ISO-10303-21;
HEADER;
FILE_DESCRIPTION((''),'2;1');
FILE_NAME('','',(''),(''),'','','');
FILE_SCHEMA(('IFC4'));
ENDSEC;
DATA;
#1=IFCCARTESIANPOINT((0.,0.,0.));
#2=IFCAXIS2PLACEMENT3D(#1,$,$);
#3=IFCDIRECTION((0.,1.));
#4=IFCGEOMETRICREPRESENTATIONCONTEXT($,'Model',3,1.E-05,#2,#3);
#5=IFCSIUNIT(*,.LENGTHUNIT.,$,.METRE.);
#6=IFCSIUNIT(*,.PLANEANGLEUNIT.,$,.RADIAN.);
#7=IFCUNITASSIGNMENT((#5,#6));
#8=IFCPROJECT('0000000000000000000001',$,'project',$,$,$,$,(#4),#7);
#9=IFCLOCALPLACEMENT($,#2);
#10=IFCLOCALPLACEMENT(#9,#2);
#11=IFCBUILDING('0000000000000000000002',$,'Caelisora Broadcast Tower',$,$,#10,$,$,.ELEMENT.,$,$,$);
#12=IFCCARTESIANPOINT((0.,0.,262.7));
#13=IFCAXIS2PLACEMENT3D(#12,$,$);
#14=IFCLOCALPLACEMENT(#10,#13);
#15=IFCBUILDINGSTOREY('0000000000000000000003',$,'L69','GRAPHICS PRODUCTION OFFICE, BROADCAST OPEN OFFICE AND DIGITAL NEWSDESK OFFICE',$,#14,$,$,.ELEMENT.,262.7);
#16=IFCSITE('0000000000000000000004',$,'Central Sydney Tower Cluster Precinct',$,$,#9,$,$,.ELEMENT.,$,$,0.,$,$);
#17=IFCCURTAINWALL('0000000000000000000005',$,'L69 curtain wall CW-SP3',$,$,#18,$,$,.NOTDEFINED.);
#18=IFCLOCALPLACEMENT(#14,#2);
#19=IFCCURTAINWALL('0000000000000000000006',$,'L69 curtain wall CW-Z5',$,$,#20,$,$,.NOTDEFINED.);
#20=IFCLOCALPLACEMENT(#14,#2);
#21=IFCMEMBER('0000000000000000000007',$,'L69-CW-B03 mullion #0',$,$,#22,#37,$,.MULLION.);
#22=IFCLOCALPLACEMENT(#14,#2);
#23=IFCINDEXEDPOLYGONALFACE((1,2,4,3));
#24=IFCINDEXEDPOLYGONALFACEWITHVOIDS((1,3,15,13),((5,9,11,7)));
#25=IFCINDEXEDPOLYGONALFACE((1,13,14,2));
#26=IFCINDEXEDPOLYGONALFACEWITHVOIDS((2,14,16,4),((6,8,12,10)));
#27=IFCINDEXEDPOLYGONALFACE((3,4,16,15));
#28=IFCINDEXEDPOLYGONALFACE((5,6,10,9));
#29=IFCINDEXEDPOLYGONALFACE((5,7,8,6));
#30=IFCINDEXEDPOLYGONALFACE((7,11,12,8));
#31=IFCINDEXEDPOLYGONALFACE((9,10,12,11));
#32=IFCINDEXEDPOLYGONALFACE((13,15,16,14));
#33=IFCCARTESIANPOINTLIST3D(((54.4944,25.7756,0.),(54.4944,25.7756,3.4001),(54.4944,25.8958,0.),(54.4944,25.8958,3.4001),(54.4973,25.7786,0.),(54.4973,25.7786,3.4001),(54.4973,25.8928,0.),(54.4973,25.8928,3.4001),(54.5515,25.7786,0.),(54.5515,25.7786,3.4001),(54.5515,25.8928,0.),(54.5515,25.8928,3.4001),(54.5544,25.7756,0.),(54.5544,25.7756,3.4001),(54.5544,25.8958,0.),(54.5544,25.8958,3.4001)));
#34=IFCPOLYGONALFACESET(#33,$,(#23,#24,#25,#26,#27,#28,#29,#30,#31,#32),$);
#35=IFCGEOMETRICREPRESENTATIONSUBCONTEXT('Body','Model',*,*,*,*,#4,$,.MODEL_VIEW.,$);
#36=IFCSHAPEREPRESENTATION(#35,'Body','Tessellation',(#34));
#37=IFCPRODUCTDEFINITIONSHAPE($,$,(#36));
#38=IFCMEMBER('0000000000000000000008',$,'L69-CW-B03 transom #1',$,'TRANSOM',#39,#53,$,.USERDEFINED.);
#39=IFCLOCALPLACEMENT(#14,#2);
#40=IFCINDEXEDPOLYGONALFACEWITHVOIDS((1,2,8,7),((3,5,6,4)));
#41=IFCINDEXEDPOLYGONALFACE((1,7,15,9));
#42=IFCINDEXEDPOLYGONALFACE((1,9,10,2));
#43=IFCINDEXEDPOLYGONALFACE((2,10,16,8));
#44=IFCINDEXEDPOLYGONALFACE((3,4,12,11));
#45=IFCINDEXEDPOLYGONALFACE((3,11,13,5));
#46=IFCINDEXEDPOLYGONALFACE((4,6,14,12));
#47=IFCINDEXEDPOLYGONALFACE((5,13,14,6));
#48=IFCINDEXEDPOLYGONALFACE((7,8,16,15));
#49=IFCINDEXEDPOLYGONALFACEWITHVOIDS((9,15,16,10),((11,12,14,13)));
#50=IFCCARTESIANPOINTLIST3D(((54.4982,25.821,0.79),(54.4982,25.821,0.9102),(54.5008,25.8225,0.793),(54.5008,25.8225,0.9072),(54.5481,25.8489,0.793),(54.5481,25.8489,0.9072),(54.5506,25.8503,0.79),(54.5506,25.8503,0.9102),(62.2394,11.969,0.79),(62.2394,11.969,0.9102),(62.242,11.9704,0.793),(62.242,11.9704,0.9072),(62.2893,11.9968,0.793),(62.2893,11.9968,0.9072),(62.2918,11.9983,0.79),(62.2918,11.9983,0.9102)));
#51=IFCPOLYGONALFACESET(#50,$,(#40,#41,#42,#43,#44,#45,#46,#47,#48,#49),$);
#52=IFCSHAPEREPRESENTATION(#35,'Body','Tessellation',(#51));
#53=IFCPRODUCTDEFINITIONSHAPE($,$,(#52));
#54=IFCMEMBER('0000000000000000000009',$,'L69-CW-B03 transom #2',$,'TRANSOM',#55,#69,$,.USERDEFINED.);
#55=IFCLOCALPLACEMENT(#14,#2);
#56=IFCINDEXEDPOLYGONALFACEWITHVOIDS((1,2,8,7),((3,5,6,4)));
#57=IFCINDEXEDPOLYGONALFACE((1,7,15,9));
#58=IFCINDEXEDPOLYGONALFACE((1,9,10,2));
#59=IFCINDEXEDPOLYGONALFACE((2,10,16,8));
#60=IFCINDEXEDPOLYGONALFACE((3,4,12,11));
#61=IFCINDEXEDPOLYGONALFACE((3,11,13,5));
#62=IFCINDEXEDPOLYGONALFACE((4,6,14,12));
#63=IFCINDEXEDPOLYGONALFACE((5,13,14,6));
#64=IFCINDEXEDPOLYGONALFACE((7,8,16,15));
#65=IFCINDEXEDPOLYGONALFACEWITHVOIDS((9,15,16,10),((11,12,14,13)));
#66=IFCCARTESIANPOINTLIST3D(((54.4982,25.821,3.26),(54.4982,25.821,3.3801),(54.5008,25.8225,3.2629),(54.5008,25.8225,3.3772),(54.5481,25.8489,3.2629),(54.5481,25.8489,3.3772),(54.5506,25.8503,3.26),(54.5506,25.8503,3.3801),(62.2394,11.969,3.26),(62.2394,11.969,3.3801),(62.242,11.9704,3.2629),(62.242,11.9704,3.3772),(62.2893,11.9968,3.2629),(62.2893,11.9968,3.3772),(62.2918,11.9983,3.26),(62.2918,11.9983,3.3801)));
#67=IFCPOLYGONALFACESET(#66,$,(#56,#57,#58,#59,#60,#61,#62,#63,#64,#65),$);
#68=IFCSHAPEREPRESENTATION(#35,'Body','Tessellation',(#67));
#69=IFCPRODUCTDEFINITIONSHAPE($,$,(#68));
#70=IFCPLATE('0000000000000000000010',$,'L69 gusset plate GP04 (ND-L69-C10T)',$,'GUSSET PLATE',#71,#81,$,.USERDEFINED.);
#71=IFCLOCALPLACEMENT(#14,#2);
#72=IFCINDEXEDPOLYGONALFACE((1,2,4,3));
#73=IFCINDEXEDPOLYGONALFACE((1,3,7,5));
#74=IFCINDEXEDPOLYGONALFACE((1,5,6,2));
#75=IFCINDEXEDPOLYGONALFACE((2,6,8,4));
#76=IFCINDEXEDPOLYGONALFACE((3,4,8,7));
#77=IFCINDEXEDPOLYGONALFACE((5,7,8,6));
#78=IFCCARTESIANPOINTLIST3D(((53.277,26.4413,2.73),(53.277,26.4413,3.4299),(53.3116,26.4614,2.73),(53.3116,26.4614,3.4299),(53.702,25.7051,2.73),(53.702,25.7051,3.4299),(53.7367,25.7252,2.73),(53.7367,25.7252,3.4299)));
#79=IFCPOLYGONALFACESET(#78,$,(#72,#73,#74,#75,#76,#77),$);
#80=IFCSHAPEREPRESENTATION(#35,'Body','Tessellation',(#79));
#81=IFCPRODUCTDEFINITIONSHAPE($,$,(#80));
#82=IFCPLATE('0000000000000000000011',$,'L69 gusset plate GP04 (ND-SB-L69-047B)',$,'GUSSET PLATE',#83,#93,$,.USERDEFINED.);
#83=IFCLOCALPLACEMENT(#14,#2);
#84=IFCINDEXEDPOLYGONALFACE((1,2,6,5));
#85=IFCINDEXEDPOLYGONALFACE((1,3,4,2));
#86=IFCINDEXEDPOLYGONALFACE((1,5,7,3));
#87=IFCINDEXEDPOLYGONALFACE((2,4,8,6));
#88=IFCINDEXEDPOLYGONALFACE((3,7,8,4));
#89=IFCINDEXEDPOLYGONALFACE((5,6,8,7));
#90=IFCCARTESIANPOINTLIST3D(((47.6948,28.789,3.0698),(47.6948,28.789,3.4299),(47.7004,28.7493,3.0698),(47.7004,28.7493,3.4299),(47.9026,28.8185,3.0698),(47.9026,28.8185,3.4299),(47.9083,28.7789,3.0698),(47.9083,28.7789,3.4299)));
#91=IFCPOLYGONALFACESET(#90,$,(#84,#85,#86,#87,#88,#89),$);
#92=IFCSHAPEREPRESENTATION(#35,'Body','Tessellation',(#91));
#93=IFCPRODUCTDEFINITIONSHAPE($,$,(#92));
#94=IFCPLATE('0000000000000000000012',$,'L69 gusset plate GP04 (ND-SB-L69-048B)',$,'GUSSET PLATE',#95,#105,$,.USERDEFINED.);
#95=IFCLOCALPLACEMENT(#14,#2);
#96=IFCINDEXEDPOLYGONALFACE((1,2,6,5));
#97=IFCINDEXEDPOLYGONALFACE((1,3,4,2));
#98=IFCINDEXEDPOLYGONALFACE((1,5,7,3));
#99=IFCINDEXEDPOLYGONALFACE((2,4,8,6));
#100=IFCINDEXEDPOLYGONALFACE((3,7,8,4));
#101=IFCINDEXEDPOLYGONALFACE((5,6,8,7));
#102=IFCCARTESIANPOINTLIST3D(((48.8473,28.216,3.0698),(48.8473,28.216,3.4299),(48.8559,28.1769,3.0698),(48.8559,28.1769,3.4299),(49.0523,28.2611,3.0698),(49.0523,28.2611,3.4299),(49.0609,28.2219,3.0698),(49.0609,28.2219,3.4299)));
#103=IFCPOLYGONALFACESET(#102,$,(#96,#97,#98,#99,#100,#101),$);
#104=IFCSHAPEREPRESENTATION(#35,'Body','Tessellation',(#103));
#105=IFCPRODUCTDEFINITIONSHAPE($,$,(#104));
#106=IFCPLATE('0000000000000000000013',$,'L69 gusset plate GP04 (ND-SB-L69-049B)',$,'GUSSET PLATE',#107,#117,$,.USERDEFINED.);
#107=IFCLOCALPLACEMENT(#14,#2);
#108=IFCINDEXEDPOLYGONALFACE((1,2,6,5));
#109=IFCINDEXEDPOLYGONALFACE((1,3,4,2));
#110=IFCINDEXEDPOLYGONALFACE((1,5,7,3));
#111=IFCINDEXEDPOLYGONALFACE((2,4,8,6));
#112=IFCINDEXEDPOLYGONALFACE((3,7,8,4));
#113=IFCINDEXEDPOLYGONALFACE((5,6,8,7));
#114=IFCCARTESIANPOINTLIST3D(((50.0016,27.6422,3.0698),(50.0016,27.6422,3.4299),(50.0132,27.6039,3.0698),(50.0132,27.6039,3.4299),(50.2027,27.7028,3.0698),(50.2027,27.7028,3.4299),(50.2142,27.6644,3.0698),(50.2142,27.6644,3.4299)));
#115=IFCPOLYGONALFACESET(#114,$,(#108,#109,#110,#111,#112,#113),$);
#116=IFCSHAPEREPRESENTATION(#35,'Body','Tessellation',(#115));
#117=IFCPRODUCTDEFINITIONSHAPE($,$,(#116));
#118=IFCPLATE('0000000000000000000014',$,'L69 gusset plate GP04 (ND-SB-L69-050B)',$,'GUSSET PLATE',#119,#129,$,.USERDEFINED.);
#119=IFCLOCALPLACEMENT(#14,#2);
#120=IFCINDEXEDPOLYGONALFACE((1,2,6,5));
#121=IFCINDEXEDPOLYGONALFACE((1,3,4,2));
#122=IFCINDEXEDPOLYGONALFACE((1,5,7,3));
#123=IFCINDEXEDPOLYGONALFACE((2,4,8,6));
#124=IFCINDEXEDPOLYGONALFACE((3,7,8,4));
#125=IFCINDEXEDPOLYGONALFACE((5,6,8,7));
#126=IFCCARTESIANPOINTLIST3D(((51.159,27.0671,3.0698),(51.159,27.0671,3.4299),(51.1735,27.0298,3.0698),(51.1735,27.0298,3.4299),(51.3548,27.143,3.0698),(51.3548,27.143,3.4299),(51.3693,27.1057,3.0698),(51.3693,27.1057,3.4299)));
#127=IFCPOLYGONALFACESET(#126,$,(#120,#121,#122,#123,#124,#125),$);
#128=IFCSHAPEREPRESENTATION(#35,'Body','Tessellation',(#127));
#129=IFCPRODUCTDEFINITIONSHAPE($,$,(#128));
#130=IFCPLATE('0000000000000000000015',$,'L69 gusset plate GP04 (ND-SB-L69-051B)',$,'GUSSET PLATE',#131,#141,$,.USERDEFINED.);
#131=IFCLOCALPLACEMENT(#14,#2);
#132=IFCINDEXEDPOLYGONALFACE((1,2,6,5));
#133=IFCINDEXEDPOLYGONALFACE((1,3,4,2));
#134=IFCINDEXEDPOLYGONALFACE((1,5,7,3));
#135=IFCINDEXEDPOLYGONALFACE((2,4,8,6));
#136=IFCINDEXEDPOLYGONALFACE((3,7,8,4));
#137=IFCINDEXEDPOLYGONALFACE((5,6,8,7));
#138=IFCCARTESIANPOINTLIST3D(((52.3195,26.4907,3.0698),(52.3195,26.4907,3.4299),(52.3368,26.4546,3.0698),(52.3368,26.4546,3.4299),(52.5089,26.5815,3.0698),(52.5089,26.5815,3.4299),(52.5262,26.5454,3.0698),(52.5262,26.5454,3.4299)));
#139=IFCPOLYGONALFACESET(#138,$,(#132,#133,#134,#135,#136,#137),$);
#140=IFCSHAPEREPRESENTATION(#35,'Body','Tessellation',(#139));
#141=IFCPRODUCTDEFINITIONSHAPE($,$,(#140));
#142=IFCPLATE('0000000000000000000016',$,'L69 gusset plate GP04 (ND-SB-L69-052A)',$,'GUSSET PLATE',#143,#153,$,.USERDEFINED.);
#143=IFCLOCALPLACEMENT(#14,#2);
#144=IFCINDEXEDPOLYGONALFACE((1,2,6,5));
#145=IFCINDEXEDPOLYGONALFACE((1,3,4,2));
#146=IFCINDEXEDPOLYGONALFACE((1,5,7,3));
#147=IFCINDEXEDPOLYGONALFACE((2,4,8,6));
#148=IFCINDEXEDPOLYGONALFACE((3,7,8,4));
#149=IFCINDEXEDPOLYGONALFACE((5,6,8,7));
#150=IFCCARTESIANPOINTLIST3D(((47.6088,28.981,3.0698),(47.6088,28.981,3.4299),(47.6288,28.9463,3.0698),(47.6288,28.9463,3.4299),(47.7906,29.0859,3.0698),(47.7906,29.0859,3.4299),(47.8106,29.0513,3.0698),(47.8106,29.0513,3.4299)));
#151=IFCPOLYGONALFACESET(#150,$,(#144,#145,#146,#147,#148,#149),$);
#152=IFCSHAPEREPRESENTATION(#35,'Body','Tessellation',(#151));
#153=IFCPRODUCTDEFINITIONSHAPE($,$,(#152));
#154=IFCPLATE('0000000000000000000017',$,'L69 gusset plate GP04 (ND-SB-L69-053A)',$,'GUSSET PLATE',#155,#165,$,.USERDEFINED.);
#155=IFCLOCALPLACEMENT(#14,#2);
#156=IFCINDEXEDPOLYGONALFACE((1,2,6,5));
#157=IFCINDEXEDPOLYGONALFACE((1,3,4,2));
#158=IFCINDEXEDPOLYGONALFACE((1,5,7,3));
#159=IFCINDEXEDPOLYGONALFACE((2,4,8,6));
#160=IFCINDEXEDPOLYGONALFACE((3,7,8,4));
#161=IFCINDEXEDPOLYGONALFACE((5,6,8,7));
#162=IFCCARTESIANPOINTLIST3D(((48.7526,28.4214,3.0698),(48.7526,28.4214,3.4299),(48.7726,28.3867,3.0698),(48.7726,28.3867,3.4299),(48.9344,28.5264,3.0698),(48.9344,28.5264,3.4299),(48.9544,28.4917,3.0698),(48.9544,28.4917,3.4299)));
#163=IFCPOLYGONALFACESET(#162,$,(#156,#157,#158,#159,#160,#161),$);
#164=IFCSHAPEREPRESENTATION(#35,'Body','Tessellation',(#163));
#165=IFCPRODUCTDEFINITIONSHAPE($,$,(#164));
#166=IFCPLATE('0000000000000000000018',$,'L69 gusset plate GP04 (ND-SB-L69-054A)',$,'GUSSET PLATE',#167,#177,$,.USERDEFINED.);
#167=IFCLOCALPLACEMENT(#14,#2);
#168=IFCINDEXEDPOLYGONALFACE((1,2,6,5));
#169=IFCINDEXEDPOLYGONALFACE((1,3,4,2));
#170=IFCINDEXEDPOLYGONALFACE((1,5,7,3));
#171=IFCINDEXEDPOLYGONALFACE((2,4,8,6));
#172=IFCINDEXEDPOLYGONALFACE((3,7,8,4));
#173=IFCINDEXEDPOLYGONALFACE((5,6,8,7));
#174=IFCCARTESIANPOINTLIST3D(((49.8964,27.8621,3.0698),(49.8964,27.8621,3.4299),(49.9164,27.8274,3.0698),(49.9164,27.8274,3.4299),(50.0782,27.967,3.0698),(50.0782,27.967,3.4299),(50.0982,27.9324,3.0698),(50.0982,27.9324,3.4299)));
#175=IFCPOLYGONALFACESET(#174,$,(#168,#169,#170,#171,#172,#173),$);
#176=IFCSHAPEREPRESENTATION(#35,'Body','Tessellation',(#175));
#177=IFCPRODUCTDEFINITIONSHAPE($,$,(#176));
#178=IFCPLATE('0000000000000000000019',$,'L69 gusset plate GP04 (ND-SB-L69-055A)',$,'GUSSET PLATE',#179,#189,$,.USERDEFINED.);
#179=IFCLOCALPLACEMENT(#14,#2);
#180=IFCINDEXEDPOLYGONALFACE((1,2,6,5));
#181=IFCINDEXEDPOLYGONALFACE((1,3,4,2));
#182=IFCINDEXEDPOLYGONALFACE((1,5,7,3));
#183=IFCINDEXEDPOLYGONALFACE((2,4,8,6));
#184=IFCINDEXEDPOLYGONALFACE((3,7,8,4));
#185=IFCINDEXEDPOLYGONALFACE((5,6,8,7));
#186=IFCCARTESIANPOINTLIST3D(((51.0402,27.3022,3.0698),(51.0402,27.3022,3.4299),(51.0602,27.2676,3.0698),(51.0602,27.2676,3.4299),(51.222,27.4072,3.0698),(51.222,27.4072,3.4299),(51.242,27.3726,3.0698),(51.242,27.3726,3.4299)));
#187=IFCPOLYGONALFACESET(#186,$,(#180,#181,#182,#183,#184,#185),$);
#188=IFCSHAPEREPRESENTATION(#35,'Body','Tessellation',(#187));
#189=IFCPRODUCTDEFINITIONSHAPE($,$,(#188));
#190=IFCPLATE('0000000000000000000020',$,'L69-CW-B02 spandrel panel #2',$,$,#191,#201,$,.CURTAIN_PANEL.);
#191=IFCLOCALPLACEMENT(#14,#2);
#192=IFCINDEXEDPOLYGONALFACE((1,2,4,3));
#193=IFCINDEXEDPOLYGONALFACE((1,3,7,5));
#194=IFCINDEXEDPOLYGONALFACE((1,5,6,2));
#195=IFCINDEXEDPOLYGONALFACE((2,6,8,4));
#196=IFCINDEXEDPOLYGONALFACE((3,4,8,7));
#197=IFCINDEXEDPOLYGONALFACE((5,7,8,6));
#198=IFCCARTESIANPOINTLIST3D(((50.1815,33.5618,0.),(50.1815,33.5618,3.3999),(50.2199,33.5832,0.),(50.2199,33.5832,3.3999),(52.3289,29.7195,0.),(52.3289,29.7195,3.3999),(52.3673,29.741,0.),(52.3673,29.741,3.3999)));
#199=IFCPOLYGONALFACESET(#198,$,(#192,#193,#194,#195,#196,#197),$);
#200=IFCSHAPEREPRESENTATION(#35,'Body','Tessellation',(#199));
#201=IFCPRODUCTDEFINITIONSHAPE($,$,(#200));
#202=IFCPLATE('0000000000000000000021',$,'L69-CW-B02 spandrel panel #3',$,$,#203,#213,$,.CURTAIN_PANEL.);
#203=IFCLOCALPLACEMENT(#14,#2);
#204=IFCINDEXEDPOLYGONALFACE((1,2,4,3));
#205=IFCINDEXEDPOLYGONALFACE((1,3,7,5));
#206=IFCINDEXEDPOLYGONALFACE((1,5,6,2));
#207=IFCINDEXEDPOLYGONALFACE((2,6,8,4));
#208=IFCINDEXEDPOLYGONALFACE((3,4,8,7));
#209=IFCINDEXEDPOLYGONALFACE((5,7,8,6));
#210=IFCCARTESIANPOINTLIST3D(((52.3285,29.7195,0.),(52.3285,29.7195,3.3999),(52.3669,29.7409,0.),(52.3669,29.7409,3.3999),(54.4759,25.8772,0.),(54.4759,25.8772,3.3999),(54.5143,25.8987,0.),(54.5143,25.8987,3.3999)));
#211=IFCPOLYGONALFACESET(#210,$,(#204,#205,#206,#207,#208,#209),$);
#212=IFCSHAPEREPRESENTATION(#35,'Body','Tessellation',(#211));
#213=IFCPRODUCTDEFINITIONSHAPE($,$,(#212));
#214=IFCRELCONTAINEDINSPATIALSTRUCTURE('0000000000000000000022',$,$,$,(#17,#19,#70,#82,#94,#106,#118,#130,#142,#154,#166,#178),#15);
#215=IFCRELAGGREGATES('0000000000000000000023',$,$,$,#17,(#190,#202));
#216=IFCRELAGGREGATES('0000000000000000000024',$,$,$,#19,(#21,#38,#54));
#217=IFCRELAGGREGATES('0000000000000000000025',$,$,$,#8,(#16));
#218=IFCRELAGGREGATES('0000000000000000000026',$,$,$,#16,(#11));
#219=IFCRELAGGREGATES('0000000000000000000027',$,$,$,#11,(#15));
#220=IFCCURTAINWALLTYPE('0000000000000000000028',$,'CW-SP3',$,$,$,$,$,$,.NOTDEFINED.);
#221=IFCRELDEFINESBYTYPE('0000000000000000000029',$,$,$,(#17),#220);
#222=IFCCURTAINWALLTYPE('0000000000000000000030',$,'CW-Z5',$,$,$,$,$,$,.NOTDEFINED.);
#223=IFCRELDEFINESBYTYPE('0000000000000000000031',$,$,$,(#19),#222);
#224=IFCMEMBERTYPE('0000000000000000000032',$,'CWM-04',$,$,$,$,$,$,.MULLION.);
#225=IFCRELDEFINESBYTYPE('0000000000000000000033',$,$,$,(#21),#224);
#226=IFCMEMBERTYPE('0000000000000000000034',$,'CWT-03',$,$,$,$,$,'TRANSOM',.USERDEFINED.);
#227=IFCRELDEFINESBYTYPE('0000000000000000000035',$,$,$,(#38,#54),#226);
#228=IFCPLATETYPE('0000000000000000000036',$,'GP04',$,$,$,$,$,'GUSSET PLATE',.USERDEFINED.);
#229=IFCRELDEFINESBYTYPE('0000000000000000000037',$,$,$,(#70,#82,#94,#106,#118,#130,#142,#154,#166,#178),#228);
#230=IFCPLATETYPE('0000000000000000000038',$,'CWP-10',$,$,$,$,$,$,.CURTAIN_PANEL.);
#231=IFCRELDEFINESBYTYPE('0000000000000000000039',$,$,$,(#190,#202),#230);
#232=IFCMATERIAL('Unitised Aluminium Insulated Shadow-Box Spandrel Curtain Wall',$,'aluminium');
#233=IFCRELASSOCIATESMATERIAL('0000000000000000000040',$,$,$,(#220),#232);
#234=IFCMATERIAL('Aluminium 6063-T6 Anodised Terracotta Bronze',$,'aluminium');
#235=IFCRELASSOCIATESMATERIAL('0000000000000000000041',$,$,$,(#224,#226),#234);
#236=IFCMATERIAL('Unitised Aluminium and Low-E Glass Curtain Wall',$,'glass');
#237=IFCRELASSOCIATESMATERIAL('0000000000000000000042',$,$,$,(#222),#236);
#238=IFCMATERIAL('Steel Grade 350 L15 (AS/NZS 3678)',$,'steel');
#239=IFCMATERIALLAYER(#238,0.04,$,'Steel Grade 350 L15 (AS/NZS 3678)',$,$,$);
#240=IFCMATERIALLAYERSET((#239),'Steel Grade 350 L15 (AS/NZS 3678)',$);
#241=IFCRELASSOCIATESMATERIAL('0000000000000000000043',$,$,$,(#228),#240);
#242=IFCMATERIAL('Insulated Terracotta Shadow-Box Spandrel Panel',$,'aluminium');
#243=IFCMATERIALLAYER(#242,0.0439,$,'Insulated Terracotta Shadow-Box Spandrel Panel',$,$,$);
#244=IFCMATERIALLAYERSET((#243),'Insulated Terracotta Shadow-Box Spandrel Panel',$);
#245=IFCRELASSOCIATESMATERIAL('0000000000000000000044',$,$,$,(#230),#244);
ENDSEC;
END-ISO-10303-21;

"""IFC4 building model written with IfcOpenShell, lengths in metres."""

from ifc_helpers import new_model, si_unit, direction, frame, origin, origin_2d, place, context, subcontext, project, spatial, rectangle, hollow_rectangle, extrude, source, transform, mapped, material, layer, layer_set, material_profile, profile_set, type_object, type_shapes, element, aggregate, save


model = new_model("IFC4")

# Units and contexts
model_context = context("Model", 3, precision=1e-05, world=origin(), true_north=direction((0.0, 1.0)))
body_context = subcontext(model_context, "Body", "Model", "MODEL_VIEW")
ifc_project = project(units=[si_unit("LENGTHUNIT", "METRE"), si_unit("PLANEANGLEUNIT", "RADIAN")], contexts=[model_context])

# Site, building, storey
site_placement = place(None, origin())
site = spatial("IfcSite", under=ifc_project, at=site_placement, Name="Central Sydney Tower Cluster Precinct", CompositionType="ELEMENT", RefElevation=0.0)
building_placement = place(site_placement, origin())
building = spatial("IfcBuilding", under=site, at=building_placement, Name="Caelisora Broadcast Tower", CompositionType="ELEMENT")
storey_placement = place(building_placement, frame((0.0, 0.0, 262.7)))
storey = spatial("IfcBuildingStorey", under=building, at=storey_placement, Name="L69", Description="GRAPHICS PRODUCTION OFFICE, BROADCAST OPEN OFFICE AND DIGITAL NEWSDESK OFFICE", CompositionType="ELEMENT", Elevation=262.7)

# Shared definitions
ifc_material_1 = material(Name="Steel Grade 350 L15 (AS/NZS 3678)", Category="steel")

# Curtain walls, members
ifc_material_2 = material(Name="Unitised Aluminium Insulated Shadow-Box Spandrel Curtain Wall", Category="aluminium")
curtain_wall_type_1 = type_object("IfcCurtainWallType", Name="CW-SP3", PredefinedType="NOTDEFINED", material=ifc_material_2)
curtain_wall_1_placement = place(storey_placement, origin())
curtain_wall_1 = element("IfcCurtainWall", 1, at=curtain_wall_1_placement, inside=storey, type_object=curtain_wall_type_1, Name="L69 curtain wall CW-SP3", PredefinedType="NOTDEFINED")
ifc_material_3 = material(Name="Aluminium 6063-T6 Anodised Terracotta Bronze", Category="aluminium")
ifc_material_profile_1 = material_profile(ifc_material_3, hollow_rectangle(XDim=0.0601, YDim=0.1201, WallThickness=0.0029, at=origin_2d()), Name="Aluminium 6063-T6 Anodised Terracotta Bronze")
ifc_profile_set_1 = profile_set([ifc_material_profile_1], Name="Aluminium 6063-T6 Anodised Terracotta Bronze")
member_type_1 = type_object("IfcMemberType", Name="CWM-04", PredefinedType="MULLION", material=ifc_profile_set_1)
shared_shape_1 = source(origin(), body_context, "Body", "SweptSolid", [
    extrude(hollow_rectangle(XDim=0.0601, YDim=0.1201, WallThickness=0.0029, at=origin_2d()), origin(), (0.0, 0.0, 1.0), 3.4001),
])
type_shapes(member_type_1, [shared_shape_1])
ifc_material_4 = material(Name="Unitised Aluminium and Low-E Glass Curtain Wall", Category="glass")
curtain_wall_type_2 = type_object("IfcCurtainWallType", Name="CW-Z5", PredefinedType="NOTDEFINED", material=ifc_material_4)
curtain_wall_2_placement = place(storey_placement, origin())
curtain_wall_2 = element("IfcCurtainWall", 2, at=curtain_wall_2_placement, inside=storey, type_object=curtain_wall_type_2, Name="L69 curtain wall CW-Z5", PredefinedType="NOTDEFINED")
member_1_placement = place(storey_placement, frame((54.5244, 25.8357, 0.0), z_axis=(0.0, 0.0, 1.0), x_axis=(1.0, 0.0, 0.0)))
member_1 = element("IfcMember", 3, at=member_1_placement, type_object=member_type_1, Name="L69-CW-B03 mullion #0", PredefinedType="MULLION", context=body_context, shape_type="MappedRepresentation", body=[
    mapped(shared_shape_1, transform((0.0, 0.0, 0.0), scale=1.0)),
])
ifc_material_profile_2 = material_profile(ifc_material_3, hollow_rectangle(XDim=0.0601, YDim=0.1201, WallThickness=0.0029, at=origin_2d()), Name="Aluminium 6063-T6 Anodised Terracotta Bronze")
ifc_profile_set_2 = profile_set([ifc_material_profile_2], Name="Aluminium 6063-T6 Anodised Terracotta Bronze")
member_type_2 = type_object("IfcMemberType", Name="CWT-03", ElementType="TRANSOM", PredefinedType="USERDEFINED", material=ifc_profile_set_2)
shared_shape_2 = source(origin(), body_context, "Body", "SweptSolid", [
    extrude(hollow_rectangle(XDim=0.0601, YDim=0.1201, WallThickness=0.0029, at=origin_2d()), origin(), (0.0, 0.0, 1.0), 15.8684),
])
type_shapes(member_type_2, [shared_shape_2])
member_2_placement = place(storey_placement, frame((54.5244, 25.8357, 0.8501), z_axis=(0.487839, -0.872934, 0.0), x_axis=(0.872934, 0.487839, 0.0)))
member_2 = element("IfcMember", 4, at=member_2_placement, type_object=member_type_2, Name="L69-CW-B03 transom #1", ObjectType="TRANSOM", PredefinedType="USERDEFINED", context=body_context, shape_type="MappedRepresentation", body=[
    mapped(shared_shape_2, transform((0.0, 0.0, 0.0), scale=1.0)),
])
member_3_placement = place(storey_placement, frame((54.5244, 25.8357, 3.3201), z_axis=(0.487839, -0.872934, 0.0), x_axis=(0.872934, 0.487839, 0.0)))
member_3 = element("IfcMember", 5, at=member_3_placement, type_object=member_type_2, Name="L69-CW-B03 transom #2", ObjectType="TRANSOM", PredefinedType="USERDEFINED", context=body_context, shape_type="MappedRepresentation", body=[
    mapped(shared_shape_2, transform((0.0, 0.0, 0.0), scale=1.0)),
])

# Plates
ifc_layer_1 = layer(ifc_material_1, 0.04, Name="Steel Grade 350 L15 (AS/NZS 3678)")
ifc_layer_set_1 = layer_set([ifc_layer_1], Name="Steel Grade 350 L15 (AS/NZS 3678)")
plate_type_1 = type_object("IfcPlateType", Name="GP04", ElementType="GUSSET PLATE", PredefinedType="USERDEFINED", material=ifc_layer_set_1)
shared_shape_3 = source(origin(), body_context, "Body", "SweptSolid", [
    extrude(rectangle(XDim=0.8501, YDim=0.04, at=origin_2d()), origin(), (0.0, 0.0, 1.0), 0.7),
])
plate_1_placement = place(storey_placement, frame((53.5068, 26.0833, 2.73), z_axis=(0.0, 0.0, 1.0), x_axis=(-0.5, 0.866025, 0.0)))
element("IfcPlate", 6, at=plate_1_placement, inside=storey, type_object=plate_type_1, Name="L69 gusset plate GP04 (ND-L69-C10T)", ObjectType="GUSSET PLATE", PredefinedType="USERDEFINED", context=body_context, shape_type="MappedRepresentation", body=[
    mapped(shared_shape_3, transform((0.0, 0.0, 0.0), scale=1.0)),
])
shared_shape_4 = source(origin(), body_context, "Body", "SweptSolid", [
    extrude(rectangle(XDim=0.21, YDim=0.04, at=origin_2d()), origin(), (0.0, 0.0, 1.0), 0.3601),
])
type_shapes(plate_type_1, [shared_shape_3, shared_shape_4])
for number, where, z_axis, x_axis, name in (
    (7, (47.8015, 28.7839, 3.0698), (0.0, 0.0, 1.0), (-0.990024, -0.140901, 0.0), "L69 gusset plate GP04 (ND-SB-L69-047B)"),
    (8, (48.9541, 28.219, 3.0698), (0.0, 0.0, 1.0), (-0.976747, -0.214394, 0.0), "L69 gusset plate GP04 (ND-SB-L69-048B)"),
    (9, (50.1079, 27.6533, 3.0698), (0.0, 0.0, 1.0), (-0.957521, -0.288363, 0.0), "L69 gusset plate GP04 (ND-SB-L69-049B)"),
    (10, (51.2642, 27.0864, 3.0698), (0.0, 0.0, 1.0), (-0.932387, -0.361462, 0.0), "L69 gusset plate GP04 (ND-SB-L69-050B)"),
    (11, (52.4229, 26.5181, 3.0698), (0.0, 0.0, 1.0), (-0.901682, -0.432401, 0.0), "L69 gusset plate GP04 (ND-SB-L69-051B)"),
    (12, (47.7097, 29.0161, 3.0698), (0.0, 0.0, 1.0), (-0.866025, -0.5, 0.0), "L69 gusset plate GP04 (ND-SB-L69-052A)"),
    (13, (48.8535, 28.4565, 3.0698), (0.0, 0.0, 1.0), (-0.866025, -0.5, 0.0), "L69 gusset plate GP04 (ND-SB-L69-053A)"),
    (14, (49.9973, 27.8972, 3.0698), (0.0, 0.0, 1.0), (-0.866025, -0.5, 0.0), "L69 gusset plate GP04 (ND-SB-L69-054A)"),
    (15, (51.1411, 27.3374, 3.0698), (0.0, 0.0, 1.0), (-0.866025, -0.5, 0.0), "L69 gusset plate GP04 (ND-SB-L69-055A)"),
):
    element("IfcPlate", number, at=place(storey_placement, frame(where, z_axis=z_axis, x_axis=x_axis)), inside=storey, type_object=plate_type_1, Name=name, ObjectType="GUSSET PLATE", PredefinedType="USERDEFINED", context=body_context, shape_type="MappedRepresentation", body=[
        mapped(shared_shape_4, transform((0.0, 0.0, 0.0), scale=1.0)),
    ])

# Plates
ifc_material_5 = material(Name="Insulated Terracotta Shadow-Box Spandrel Panel", Category="aluminium")
ifc_layer_2 = layer(ifc_material_5, 0.0439, Name="Insulated Terracotta Shadow-Box Spandrel Panel")
ifc_layer_set_2 = layer_set([ifc_layer_2], Name="Insulated Terracotta Shadow-Box Spandrel Panel")
plate_type_2 = type_object("IfcPlateType", Name="CWP-10", PredefinedType="CURTAIN_PANEL", material=ifc_layer_set_2)
shared_shape_5 = source(origin(), body_context, "Body", "SweptSolid", [
    extrude(rectangle(XDim=4.4016, YDim=0.0439, at=origin_2d()), origin(), (0.0, 0.0, 1.0), 3.3999),
])
type_shapes(plate_type_2, [shared_shape_5])
plate_2_placement = place(storey_placement, frame((51.2744, 31.6514, 0.0), z_axis=(0.0, 0.0, 1.0), x_axis=(0.48786, -0.872922, 0.0)))
plate_2 = element("IfcPlate", 16, at=plate_2_placement, type_object=plate_type_2, Name="L69-CW-B02 spandrel panel #2", PredefinedType="CURTAIN_PANEL", context=body_context, shape_type="MappedRepresentation", body=[
    mapped(shared_shape_5, transform((0.0, 0.0, 0.0), scale=1.0)),
])
plate_3_placement = place(storey_placement, frame((53.4214, 27.8091, 0.0), z_axis=(0.0, 0.0, 1.0), x_axis=(0.48786, -0.872922, 0.0)))
plate_3 = element("IfcPlate", 17, at=plate_3_placement, type_object=plate_type_2, Name="L69-CW-B02 spandrel panel #3", PredefinedType="CURTAIN_PANEL", context=body_context, shape_type="MappedRepresentation", body=[
    mapped(shared_shape_5, transform((0.0, 0.0, 0.0), scale=1.0)),
])
aggregate(curtain_wall_1, [plate_2, plate_3])
aggregate(curtain_wall_2, [member_1, member_2, member_3])

save(model, "model.ifc")
